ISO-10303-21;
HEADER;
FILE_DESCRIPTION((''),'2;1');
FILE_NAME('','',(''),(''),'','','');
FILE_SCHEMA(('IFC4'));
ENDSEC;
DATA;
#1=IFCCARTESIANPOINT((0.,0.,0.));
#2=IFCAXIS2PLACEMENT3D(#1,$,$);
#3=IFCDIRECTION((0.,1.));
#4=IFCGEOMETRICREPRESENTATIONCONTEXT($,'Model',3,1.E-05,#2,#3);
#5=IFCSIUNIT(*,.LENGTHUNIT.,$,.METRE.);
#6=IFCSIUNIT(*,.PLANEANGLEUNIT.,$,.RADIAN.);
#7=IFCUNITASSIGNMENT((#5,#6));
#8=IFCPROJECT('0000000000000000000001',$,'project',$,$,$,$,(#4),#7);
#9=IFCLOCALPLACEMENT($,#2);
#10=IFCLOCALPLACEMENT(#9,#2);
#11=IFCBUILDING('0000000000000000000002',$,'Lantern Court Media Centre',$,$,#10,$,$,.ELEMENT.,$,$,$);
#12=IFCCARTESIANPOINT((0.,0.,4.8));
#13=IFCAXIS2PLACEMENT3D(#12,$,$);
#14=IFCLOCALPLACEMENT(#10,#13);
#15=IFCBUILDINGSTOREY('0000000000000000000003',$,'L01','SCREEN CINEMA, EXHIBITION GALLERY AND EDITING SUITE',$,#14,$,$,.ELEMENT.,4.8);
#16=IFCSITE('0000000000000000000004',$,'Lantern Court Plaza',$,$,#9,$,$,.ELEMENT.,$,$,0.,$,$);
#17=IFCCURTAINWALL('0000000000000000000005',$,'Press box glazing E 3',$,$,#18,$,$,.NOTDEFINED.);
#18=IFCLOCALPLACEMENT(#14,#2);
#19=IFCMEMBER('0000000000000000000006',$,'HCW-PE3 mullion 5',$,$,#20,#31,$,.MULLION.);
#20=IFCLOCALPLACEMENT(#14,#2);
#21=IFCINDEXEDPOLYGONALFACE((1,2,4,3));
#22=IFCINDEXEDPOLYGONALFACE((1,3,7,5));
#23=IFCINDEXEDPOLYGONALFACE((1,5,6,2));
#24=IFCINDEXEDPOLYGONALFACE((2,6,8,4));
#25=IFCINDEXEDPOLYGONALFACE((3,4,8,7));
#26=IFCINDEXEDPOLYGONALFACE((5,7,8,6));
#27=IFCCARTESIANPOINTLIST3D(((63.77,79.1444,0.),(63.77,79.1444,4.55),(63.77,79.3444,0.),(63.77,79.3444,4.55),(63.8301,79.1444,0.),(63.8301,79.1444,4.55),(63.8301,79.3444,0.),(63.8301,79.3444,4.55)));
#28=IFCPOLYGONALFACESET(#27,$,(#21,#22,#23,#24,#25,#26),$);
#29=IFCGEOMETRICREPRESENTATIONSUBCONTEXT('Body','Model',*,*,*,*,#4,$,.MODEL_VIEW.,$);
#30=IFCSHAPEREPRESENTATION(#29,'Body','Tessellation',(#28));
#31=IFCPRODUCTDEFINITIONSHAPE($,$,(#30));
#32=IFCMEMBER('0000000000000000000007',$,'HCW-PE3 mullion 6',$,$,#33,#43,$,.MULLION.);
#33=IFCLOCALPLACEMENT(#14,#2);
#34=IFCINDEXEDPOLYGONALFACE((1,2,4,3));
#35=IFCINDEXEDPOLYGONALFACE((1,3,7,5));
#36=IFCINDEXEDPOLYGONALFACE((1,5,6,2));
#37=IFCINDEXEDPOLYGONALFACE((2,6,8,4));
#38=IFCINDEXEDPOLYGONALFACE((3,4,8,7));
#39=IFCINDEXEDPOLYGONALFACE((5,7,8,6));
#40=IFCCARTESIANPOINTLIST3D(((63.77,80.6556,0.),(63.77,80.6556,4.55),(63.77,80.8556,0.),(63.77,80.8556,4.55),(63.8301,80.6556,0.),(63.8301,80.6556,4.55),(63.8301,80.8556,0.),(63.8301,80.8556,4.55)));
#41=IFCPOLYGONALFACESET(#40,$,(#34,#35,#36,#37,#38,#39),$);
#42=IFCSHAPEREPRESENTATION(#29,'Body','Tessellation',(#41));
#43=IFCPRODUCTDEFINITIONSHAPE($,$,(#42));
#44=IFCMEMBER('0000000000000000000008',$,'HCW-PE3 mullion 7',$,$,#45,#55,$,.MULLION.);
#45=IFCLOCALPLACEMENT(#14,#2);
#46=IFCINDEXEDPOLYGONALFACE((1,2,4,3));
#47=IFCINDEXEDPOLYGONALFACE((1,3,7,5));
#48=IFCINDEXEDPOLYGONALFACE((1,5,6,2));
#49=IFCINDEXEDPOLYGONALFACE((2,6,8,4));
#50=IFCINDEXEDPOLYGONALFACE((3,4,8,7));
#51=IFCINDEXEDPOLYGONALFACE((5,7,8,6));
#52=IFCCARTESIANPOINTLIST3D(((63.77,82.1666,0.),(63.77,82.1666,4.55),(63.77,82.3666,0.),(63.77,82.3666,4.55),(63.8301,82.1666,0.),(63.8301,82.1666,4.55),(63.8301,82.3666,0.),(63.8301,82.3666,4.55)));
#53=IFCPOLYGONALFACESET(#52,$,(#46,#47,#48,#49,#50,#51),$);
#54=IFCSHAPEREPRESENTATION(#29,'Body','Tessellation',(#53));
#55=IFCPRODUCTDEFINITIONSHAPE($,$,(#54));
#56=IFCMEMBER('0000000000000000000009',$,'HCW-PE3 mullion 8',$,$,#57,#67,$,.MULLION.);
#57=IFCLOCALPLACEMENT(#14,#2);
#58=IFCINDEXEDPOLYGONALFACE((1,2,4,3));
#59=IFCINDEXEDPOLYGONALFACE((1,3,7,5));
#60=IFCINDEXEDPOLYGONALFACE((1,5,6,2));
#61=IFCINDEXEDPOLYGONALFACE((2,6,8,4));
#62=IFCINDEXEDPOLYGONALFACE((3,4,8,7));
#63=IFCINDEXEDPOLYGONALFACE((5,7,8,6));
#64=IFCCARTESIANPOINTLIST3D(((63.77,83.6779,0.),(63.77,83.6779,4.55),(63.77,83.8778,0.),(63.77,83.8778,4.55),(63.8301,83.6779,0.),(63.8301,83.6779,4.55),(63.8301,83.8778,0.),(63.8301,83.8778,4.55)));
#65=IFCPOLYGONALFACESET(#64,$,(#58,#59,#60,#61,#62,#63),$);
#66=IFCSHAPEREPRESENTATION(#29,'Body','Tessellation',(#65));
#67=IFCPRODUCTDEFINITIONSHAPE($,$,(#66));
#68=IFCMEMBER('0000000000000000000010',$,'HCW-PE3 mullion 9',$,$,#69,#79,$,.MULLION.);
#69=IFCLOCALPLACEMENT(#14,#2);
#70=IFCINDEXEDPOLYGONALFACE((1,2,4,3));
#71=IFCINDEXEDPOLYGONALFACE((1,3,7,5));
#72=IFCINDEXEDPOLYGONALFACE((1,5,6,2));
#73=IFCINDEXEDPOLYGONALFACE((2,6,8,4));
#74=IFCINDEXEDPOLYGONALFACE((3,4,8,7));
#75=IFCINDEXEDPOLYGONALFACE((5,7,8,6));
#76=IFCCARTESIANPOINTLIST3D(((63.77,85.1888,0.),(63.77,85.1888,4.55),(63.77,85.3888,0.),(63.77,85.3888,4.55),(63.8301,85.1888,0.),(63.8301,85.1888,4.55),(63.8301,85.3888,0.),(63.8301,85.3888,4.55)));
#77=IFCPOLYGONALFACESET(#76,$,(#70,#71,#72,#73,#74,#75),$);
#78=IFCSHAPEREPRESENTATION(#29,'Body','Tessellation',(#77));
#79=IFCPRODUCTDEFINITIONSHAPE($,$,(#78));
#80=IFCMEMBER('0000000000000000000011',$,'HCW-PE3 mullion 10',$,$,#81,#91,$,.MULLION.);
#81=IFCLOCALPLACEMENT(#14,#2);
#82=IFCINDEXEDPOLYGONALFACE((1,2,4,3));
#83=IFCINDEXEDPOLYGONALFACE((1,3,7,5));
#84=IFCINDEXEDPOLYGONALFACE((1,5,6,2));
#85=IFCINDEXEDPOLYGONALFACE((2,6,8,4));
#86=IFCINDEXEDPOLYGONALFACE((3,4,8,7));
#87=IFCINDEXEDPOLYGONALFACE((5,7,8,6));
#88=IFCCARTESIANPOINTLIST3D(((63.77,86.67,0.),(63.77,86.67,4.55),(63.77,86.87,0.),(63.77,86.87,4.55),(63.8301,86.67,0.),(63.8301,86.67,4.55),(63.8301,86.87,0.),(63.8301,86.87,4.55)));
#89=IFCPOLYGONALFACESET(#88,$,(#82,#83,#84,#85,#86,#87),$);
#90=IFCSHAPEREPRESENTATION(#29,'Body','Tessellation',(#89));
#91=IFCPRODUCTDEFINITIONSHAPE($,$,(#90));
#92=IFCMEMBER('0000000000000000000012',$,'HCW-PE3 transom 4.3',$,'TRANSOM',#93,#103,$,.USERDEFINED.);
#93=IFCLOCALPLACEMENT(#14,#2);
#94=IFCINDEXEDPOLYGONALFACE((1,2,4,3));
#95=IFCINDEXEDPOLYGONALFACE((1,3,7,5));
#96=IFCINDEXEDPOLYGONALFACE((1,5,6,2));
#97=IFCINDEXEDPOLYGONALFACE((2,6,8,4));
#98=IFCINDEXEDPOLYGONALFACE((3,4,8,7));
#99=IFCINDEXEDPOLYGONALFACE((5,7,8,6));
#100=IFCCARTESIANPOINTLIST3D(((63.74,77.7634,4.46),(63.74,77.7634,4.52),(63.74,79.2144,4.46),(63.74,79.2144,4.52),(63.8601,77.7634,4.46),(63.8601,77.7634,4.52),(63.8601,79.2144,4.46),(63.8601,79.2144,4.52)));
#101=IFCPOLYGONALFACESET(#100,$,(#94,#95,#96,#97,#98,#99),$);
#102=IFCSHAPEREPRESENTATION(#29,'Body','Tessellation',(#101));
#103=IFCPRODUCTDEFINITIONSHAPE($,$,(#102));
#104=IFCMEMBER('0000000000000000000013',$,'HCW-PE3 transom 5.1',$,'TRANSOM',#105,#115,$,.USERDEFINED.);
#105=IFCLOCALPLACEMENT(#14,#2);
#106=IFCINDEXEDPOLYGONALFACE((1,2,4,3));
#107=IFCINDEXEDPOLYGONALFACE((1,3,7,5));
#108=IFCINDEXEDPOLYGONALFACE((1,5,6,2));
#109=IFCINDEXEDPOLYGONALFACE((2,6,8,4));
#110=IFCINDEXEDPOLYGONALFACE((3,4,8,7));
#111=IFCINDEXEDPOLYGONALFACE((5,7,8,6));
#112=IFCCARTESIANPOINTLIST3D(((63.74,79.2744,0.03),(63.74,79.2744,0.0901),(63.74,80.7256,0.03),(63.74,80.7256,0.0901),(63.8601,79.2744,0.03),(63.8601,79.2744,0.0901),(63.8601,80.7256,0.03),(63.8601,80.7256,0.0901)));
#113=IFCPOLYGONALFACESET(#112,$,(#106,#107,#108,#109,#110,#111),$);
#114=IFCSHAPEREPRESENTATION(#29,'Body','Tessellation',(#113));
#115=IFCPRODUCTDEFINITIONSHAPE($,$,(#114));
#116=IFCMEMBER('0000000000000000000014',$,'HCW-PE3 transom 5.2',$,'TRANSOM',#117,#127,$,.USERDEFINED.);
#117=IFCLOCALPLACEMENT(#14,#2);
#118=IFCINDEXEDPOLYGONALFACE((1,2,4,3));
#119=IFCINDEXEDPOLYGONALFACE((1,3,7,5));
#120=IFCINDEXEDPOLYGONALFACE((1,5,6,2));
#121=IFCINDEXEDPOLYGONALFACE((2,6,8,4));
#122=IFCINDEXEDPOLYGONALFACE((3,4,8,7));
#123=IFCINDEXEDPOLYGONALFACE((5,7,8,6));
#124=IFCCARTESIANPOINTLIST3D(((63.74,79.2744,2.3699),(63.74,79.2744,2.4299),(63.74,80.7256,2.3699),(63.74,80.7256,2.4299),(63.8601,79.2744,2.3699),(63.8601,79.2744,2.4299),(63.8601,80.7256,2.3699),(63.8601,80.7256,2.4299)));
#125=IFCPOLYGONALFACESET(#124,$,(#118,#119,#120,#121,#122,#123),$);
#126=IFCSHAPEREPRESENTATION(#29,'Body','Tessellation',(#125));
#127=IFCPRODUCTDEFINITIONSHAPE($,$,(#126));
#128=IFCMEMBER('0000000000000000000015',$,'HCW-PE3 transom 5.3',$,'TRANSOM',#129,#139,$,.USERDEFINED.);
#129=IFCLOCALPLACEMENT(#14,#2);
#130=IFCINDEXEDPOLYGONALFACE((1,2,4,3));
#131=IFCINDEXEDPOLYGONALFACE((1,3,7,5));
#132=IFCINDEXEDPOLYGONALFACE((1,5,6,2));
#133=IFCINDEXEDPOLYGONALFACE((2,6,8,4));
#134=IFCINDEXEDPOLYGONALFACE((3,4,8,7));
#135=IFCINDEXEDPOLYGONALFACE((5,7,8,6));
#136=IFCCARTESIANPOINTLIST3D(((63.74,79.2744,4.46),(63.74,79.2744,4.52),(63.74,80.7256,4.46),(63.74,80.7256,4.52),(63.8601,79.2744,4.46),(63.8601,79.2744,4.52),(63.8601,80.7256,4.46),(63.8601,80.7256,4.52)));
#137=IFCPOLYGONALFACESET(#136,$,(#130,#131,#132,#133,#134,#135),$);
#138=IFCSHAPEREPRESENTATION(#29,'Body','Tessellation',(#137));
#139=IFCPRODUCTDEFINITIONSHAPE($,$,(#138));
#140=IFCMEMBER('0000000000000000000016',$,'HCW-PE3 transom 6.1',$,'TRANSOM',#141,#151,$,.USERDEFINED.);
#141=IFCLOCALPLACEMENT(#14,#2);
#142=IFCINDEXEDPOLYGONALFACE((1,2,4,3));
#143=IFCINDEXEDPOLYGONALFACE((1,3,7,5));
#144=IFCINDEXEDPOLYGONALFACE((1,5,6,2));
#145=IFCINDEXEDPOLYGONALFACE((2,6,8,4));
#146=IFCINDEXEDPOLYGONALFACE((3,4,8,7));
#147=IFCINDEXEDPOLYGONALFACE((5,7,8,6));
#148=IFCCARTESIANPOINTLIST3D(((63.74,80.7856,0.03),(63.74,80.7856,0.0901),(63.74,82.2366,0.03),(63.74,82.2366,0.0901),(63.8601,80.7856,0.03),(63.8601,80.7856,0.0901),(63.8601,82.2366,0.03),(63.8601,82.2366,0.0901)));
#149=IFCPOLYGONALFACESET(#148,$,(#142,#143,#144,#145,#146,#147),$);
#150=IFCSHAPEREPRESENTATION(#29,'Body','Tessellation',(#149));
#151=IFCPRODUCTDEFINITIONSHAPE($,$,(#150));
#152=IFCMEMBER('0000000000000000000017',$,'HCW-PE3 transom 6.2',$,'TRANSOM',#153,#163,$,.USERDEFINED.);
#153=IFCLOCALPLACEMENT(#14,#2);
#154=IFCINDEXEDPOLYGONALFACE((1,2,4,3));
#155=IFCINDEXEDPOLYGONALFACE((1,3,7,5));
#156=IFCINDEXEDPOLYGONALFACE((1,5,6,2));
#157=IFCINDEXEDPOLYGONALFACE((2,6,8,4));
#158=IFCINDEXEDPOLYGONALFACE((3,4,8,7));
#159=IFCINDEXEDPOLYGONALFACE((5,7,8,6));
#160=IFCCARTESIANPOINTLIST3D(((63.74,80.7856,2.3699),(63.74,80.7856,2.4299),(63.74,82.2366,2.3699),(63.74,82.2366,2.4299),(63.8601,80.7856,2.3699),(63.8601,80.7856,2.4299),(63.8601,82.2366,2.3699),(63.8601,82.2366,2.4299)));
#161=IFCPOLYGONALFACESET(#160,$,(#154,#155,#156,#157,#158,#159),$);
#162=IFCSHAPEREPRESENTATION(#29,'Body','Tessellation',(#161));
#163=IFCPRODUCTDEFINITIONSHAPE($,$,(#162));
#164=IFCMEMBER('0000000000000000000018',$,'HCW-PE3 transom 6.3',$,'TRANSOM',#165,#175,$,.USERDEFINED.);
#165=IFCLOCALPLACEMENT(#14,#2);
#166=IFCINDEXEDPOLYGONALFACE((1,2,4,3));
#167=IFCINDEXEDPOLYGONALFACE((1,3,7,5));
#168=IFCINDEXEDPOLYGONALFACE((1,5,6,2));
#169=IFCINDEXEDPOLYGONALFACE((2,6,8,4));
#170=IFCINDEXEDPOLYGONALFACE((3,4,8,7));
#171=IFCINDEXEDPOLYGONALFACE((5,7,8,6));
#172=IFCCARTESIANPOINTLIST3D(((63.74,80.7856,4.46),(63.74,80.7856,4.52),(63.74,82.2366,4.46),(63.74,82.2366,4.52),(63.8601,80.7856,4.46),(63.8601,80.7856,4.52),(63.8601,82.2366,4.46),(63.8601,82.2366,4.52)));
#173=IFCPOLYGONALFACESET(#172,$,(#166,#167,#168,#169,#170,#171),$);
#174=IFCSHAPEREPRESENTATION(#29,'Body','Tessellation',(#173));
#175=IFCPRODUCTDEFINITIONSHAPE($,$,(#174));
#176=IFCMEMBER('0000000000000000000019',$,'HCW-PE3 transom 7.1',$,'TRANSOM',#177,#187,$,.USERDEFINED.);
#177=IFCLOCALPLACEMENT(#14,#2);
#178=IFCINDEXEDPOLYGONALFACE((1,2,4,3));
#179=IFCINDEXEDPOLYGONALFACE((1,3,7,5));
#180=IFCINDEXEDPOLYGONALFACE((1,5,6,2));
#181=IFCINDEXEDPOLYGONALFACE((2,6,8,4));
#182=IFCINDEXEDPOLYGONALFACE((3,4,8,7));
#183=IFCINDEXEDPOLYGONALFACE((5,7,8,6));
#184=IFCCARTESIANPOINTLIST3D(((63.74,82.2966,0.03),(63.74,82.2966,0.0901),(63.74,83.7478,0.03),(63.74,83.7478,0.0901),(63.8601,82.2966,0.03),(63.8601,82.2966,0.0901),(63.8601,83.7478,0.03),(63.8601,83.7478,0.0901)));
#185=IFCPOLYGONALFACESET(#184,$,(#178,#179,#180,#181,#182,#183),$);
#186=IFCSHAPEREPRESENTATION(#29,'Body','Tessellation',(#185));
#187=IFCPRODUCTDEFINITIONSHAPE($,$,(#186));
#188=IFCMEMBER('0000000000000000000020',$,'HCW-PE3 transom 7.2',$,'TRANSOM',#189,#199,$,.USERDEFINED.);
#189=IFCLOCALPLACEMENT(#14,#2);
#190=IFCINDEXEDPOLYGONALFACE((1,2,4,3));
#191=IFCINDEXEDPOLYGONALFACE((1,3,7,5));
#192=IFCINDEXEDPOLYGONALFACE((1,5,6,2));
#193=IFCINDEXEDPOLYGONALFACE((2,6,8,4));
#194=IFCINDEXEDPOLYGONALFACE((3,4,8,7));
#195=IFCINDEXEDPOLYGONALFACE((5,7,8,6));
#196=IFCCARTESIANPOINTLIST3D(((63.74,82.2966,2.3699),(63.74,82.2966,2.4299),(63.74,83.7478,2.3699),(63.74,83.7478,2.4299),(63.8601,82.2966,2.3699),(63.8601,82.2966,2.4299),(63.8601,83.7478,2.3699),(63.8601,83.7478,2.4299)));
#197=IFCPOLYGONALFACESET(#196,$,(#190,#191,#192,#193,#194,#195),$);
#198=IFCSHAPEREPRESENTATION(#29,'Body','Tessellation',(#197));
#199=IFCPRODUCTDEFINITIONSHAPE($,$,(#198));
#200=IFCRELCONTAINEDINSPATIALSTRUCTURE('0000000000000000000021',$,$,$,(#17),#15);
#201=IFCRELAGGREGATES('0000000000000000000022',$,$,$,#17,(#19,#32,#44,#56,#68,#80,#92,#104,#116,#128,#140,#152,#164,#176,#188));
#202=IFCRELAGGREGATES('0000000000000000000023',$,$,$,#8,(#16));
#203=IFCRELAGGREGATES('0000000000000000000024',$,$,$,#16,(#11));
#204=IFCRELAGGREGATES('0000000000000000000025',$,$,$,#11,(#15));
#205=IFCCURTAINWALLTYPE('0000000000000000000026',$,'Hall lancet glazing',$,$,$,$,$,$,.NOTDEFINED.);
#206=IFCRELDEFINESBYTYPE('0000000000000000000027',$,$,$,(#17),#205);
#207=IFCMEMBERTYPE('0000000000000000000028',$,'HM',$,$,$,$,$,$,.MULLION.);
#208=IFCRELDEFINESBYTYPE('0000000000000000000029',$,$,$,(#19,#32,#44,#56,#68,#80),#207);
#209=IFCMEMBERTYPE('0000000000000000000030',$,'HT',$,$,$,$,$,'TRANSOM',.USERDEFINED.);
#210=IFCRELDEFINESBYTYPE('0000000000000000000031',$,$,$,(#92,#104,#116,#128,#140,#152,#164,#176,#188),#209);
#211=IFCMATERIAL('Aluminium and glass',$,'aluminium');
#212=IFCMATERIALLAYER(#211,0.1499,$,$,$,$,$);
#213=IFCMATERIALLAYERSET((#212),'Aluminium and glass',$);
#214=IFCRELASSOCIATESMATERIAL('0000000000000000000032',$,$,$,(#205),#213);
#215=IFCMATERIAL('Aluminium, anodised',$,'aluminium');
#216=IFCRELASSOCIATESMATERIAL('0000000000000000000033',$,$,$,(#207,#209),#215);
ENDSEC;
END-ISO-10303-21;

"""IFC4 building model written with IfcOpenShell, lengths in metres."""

from ifc_helpers import new_model, si_unit, direction, frame, origin, origin_2d, place, context, subcontext, project, spatial, rectangle, extrude, material, layer, layer_set, material_profile, profile_set, type_object, element, aggregate, save


model = new_model("IFC4")

# Units and contexts
model_context = context("Model", 3, precision=1e-05, world=origin(), true_north=direction((0.0, 1.0)))
body_context = subcontext(model_context, "Body", "Model", "MODEL_VIEW")
ifc_project = project(units=[si_unit("LENGTHUNIT", "METRE"), si_unit("PLANEANGLEUNIT", "RADIAN")], contexts=[model_context])

# Site, building, storey
site_placement = place(None, origin())
site = spatial("IfcSite", under=ifc_project, at=site_placement, Name="Lantern Court Plaza", CompositionType="ELEMENT", RefElevation=0.0)
building_placement = place(site_placement, origin())
building = spatial("IfcBuilding", under=site, at=building_placement, Name="Lantern Court Media Centre", CompositionType="ELEMENT")
storey_placement = place(building_placement, frame((0.0, 0.0, 4.8)))
storey = spatial("IfcBuildingStorey", under=building, at=storey_placement, Name="L01", Description="SCREEN CINEMA, EXHIBITION GALLERY AND EDITING SUITE", CompositionType="ELEMENT", Elevation=4.8)

# Curtain wall, members
ifc_material_1 = material(Name="Aluminium and glass", Category="aluminium")
ifc_layer_1 = layer(ifc_material_1, 0.1499)
ifc_layer_set_1 = layer_set([ifc_layer_1], Name="Aluminium and glass")
curtain_wall_type = type_object("IfcCurtainWallType", Name="Hall lancet glazing", PredefinedType="NOTDEFINED", material=ifc_layer_set_1)
curtain_wall_placement = place(storey_placement, origin())
curtain_wall = element("IfcCurtainWall", 1, at=curtain_wall_placement, inside=storey, type_object=curtain_wall_type, Name="Press box glazing E 3", PredefinedType="NOTDEFINED")
ifc_material_2 = material(Name="Aluminium, anodised", Category="aluminium")
ifc_material_profile_1 = material_profile(ifc_material_2, rectangle(XDim=0.0601, YDim=0.2, at=origin_2d()), Name="HM")
ifc_profile_set_1 = profile_set([ifc_material_profile_1], Name="Aluminium, anodised")
member_type_1 = type_object("IfcMemberType", Name="HM", PredefinedType="MULLION", material=ifc_profile_set_1)
member_1_placement = place(storey_placement, frame((63.8, 79.2444, 0.0), z_axis=(0.0, 0.0, 1.0), x_axis=(-1.0, 0.0, 0.0)))
member_1 = element("IfcMember", 2, at=member_1_placement, type_object=member_type_1, Name="HCW-PE3 mullion 5", PredefinedType="MULLION", context=body_context, shape_type="SweptSolid", body=[
    extrude(rectangle(XDim=0.0601, YDim=0.2, at=origin_2d()), origin(), (0.0, 0.0, 1.0), 4.55),
])
member_2_placement = place(storey_placement, frame((63.8, 80.7556, 0.0), z_axis=(0.0, 0.0, 1.0), x_axis=(-1.0, 0.0, 0.0)))
member_2 = element("IfcMember", 3, at=member_2_placement, type_object=member_type_1, Name="HCW-PE3 mullion 6", PredefinedType="MULLION", context=body_context, shape_type="SweptSolid", body=[
    extrude(rectangle(XDim=0.0601, YDim=0.2, at=origin_2d()), origin(), (0.0, 0.0, 1.0), 4.55),
])
member_3_placement = place(storey_placement, frame((63.8, 82.2666, 0.0), z_axis=(0.0, 0.0, 1.0), x_axis=(-1.0, 0.0, 0.0)))
member_3 = element("IfcMember", 4, at=member_3_placement, type_object=member_type_1, Name="HCW-PE3 mullion 7", PredefinedType="MULLION", context=body_context, shape_type="SweptSolid", body=[
    extrude(rectangle(XDim=0.0601, YDim=0.2, at=origin_2d()), origin(), (0.0, 0.0, 1.0), 4.55),
])
member_4_placement = place(storey_placement, frame((63.8, 83.7778, 0.0), z_axis=(0.0, 0.0, 1.0), x_axis=(-1.0, 0.0, 0.0)))
member_4 = element("IfcMember", 5, at=member_4_placement, type_object=member_type_1, Name="HCW-PE3 mullion 8", PredefinedType="MULLION", context=body_context, shape_type="SweptSolid", body=[
    extrude(rectangle(XDim=0.0601, YDim=0.2, at=origin_2d()), origin(), (0.0, 0.0, 1.0), 4.55),
])
member_5_placement = place(storey_placement, frame((63.8, 85.2888, 0.0), z_axis=(0.0, 0.0, 1.0), x_axis=(-1.0, 0.0, 0.0)))
member_5 = element("IfcMember", 6, at=member_5_placement, type_object=member_type_1, Name="HCW-PE3 mullion 9", PredefinedType="MULLION", context=body_context, shape_type="SweptSolid", body=[
    extrude(rectangle(XDim=0.0601, YDim=0.2, at=origin_2d()), origin(), (0.0, 0.0, 1.0), 4.55),
])
member_6_placement = place(storey_placement, frame((63.8, 86.77, 0.0), z_axis=(0.0, 0.0, 1.0), x_axis=(-1.0, 0.0, 0.0)))
member_6 = element("IfcMember", 7, at=member_6_placement, type_object=member_type_1, Name="HCW-PE3 mullion 10", PredefinedType="MULLION", context=body_context, shape_type="SweptSolid", body=[
    extrude(rectangle(XDim=0.0601, YDim=0.2, at=origin_2d()), origin(), (0.0, 0.0, 1.0), 4.55),
])
ifc_material_profile_2 = material_profile(ifc_material_2, rectangle(XDim=0.1201, YDim=0.0601, at=origin_2d()), Name="HT")
ifc_profile_set_2 = profile_set([ifc_material_profile_2], Name="Aluminium, anodised")
member_type_2 = type_object("IfcMemberType", Name="HT", ElementType="TRANSOM", PredefinedType="USERDEFINED", material=ifc_profile_set_2)
member_7_placement = place(storey_placement, frame((63.8, 77.7634, 4.49), z_axis=(0.0, 1.0, 0.0), x_axis=(-1.0, 0.0, 0.0)))
member_7 = element("IfcMember", 8, at=member_7_placement, type_object=member_type_2, Name="HCW-PE3 transom 4.3", ObjectType="TRANSOM", PredefinedType="USERDEFINED", context=body_context, shape_type="SweptSolid", body=[
    extrude(rectangle(XDim=0.1201, YDim=0.0601, at=origin_2d()), origin(), (0.0, 0.0, 1.0), 1.4509),
])
member_8_placement = place(storey_placement, frame((63.8, 79.2744, 0.0601), z_axis=(0.0, 1.0, 0.0), x_axis=(-1.0, 0.0, 0.0)))
member_8 = element("IfcMember", 9, at=member_8_placement, type_object=member_type_2, Name="HCW-PE3 transom 5.1", ObjectType="TRANSOM", PredefinedType="USERDEFINED", context=body_context, shape_type="SweptSolid", body=[
    extrude(rectangle(XDim=0.1201, YDim=0.0601, at=origin_2d()), origin(), (0.0, 0.0, 1.0), 1.4512),
])
member_9_placement = place(storey_placement, frame((63.8, 79.2744, 2.3999), z_axis=(0.0, 1.0, 0.0), x_axis=(-1.0, 0.0, 0.0)))
member_9 = element("IfcMember", 10, at=member_9_placement, type_object=member_type_2, Name="HCW-PE3 transom 5.2", ObjectType="TRANSOM", PredefinedType="USERDEFINED", context=body_context, shape_type="SweptSolid", body=[
    extrude(rectangle(XDim=0.1201, YDim=0.0601, at=origin_2d()), origin(), (0.0, 0.0, 1.0), 1.4512),
])
member_10_placement = place(storey_placement, frame((63.8, 79.2744, 4.49), z_axis=(0.0, 1.0, 0.0), x_axis=(-1.0, 0.0, 0.0)))
member_10 = element("IfcMember", 11, at=member_10_placement, type_object=member_type_2, Name="HCW-PE3 transom 5.3", ObjectType="TRANSOM", PredefinedType="USERDEFINED", context=body_context, shape_type="SweptSolid", body=[
    extrude(rectangle(XDim=0.1201, YDim=0.0601, at=origin_2d()), origin(), (0.0, 0.0, 1.0), 1.4512),
])
member_11_placement = place(storey_placement, frame((63.8, 80.7856, 0.0601), z_axis=(0.0, 1.0, 0.0), x_axis=(-1.0, 0.0, 0.0)))
member_11 = element("IfcMember", 12, at=member_11_placement, type_object=member_type_2, Name="HCW-PE3 transom 6.1", ObjectType="TRANSOM", PredefinedType="USERDEFINED", context=body_context, shape_type="SweptSolid", body=[
    extrude(rectangle(XDim=0.1201, YDim=0.0601, at=origin_2d()), origin(), (0.0, 0.0, 1.0), 1.4509),
])
member_12_placement = place(storey_placement, frame((63.8, 80.7856, 2.3999), z_axis=(0.0, 1.0, 0.0), x_axis=(-1.0, 0.0, 0.0)))
member_12 = element("IfcMember", 13, at=member_12_placement, type_object=member_type_2, Name="HCW-PE3 transom 6.2", ObjectType="TRANSOM", PredefinedType="USERDEFINED", context=body_context, shape_type="SweptSolid", body=[
    extrude(rectangle(XDim=0.1201, YDim=0.0601, at=origin_2d()), origin(), (0.0, 0.0, 1.0), 1.4509),
])
member_13_placement = place(storey_placement, frame((63.8, 80.7856, 4.49), z_axis=(0.0, 1.0, 0.0), x_axis=(-1.0, 0.0, 0.0)))
member_13 = element("IfcMember", 14, at=member_13_placement, type_object=member_type_2, Name="HCW-PE3 transom 6.3", ObjectType="TRANSOM", PredefinedType="USERDEFINED", context=body_context, shape_type="SweptSolid", body=[
    extrude(rectangle(XDim=0.1201, YDim=0.0601, at=origin_2d()), origin(), (0.0, 0.0, 1.0), 1.4509),
])
member_14_placement = place(storey_placement, frame((63.8, 82.2966, 0.0601), z_axis=(0.0, 1.0, 0.0), x_axis=(-1.0, 0.0, 0.0)))
member_14 = element("IfcMember", 15, at=member_14_placement, type_object=member_type_2, Name="HCW-PE3 transom 7.1", ObjectType="TRANSOM", PredefinedType="USERDEFINED", context=body_context, shape_type="SweptSolid", body=[
    extrude(rectangle(XDim=0.1201, YDim=0.0601, at=origin_2d()), origin(), (0.0, 0.0, 1.0), 1.4512),
])
member_15_placement = place(storey_placement, frame((63.8, 82.2966, 2.3999), z_axis=(0.0, 1.0, 0.0), x_axis=(-1.0, 0.0, 0.0)))
member_15 = element("IfcMember", 16, at=member_15_placement, type_object=member_type_2, Name="HCW-PE3 transom 7.2", ObjectType="TRANSOM", PredefinedType="USERDEFINED", context=body_context, shape_type="SweptSolid", body=[
    extrude(rectangle(XDim=0.1201, YDim=0.0601, at=origin_2d()), origin(), (0.0, 0.0, 1.0), 1.4512),
])
aggregate(curtain_wall, [member_1, member_2, member_3, member_4, member_5, member_6, member_7, member_8, member_9, member_10, member_11, member_12, member_13, member_14, member_15])

save(model, "model.ifc")
